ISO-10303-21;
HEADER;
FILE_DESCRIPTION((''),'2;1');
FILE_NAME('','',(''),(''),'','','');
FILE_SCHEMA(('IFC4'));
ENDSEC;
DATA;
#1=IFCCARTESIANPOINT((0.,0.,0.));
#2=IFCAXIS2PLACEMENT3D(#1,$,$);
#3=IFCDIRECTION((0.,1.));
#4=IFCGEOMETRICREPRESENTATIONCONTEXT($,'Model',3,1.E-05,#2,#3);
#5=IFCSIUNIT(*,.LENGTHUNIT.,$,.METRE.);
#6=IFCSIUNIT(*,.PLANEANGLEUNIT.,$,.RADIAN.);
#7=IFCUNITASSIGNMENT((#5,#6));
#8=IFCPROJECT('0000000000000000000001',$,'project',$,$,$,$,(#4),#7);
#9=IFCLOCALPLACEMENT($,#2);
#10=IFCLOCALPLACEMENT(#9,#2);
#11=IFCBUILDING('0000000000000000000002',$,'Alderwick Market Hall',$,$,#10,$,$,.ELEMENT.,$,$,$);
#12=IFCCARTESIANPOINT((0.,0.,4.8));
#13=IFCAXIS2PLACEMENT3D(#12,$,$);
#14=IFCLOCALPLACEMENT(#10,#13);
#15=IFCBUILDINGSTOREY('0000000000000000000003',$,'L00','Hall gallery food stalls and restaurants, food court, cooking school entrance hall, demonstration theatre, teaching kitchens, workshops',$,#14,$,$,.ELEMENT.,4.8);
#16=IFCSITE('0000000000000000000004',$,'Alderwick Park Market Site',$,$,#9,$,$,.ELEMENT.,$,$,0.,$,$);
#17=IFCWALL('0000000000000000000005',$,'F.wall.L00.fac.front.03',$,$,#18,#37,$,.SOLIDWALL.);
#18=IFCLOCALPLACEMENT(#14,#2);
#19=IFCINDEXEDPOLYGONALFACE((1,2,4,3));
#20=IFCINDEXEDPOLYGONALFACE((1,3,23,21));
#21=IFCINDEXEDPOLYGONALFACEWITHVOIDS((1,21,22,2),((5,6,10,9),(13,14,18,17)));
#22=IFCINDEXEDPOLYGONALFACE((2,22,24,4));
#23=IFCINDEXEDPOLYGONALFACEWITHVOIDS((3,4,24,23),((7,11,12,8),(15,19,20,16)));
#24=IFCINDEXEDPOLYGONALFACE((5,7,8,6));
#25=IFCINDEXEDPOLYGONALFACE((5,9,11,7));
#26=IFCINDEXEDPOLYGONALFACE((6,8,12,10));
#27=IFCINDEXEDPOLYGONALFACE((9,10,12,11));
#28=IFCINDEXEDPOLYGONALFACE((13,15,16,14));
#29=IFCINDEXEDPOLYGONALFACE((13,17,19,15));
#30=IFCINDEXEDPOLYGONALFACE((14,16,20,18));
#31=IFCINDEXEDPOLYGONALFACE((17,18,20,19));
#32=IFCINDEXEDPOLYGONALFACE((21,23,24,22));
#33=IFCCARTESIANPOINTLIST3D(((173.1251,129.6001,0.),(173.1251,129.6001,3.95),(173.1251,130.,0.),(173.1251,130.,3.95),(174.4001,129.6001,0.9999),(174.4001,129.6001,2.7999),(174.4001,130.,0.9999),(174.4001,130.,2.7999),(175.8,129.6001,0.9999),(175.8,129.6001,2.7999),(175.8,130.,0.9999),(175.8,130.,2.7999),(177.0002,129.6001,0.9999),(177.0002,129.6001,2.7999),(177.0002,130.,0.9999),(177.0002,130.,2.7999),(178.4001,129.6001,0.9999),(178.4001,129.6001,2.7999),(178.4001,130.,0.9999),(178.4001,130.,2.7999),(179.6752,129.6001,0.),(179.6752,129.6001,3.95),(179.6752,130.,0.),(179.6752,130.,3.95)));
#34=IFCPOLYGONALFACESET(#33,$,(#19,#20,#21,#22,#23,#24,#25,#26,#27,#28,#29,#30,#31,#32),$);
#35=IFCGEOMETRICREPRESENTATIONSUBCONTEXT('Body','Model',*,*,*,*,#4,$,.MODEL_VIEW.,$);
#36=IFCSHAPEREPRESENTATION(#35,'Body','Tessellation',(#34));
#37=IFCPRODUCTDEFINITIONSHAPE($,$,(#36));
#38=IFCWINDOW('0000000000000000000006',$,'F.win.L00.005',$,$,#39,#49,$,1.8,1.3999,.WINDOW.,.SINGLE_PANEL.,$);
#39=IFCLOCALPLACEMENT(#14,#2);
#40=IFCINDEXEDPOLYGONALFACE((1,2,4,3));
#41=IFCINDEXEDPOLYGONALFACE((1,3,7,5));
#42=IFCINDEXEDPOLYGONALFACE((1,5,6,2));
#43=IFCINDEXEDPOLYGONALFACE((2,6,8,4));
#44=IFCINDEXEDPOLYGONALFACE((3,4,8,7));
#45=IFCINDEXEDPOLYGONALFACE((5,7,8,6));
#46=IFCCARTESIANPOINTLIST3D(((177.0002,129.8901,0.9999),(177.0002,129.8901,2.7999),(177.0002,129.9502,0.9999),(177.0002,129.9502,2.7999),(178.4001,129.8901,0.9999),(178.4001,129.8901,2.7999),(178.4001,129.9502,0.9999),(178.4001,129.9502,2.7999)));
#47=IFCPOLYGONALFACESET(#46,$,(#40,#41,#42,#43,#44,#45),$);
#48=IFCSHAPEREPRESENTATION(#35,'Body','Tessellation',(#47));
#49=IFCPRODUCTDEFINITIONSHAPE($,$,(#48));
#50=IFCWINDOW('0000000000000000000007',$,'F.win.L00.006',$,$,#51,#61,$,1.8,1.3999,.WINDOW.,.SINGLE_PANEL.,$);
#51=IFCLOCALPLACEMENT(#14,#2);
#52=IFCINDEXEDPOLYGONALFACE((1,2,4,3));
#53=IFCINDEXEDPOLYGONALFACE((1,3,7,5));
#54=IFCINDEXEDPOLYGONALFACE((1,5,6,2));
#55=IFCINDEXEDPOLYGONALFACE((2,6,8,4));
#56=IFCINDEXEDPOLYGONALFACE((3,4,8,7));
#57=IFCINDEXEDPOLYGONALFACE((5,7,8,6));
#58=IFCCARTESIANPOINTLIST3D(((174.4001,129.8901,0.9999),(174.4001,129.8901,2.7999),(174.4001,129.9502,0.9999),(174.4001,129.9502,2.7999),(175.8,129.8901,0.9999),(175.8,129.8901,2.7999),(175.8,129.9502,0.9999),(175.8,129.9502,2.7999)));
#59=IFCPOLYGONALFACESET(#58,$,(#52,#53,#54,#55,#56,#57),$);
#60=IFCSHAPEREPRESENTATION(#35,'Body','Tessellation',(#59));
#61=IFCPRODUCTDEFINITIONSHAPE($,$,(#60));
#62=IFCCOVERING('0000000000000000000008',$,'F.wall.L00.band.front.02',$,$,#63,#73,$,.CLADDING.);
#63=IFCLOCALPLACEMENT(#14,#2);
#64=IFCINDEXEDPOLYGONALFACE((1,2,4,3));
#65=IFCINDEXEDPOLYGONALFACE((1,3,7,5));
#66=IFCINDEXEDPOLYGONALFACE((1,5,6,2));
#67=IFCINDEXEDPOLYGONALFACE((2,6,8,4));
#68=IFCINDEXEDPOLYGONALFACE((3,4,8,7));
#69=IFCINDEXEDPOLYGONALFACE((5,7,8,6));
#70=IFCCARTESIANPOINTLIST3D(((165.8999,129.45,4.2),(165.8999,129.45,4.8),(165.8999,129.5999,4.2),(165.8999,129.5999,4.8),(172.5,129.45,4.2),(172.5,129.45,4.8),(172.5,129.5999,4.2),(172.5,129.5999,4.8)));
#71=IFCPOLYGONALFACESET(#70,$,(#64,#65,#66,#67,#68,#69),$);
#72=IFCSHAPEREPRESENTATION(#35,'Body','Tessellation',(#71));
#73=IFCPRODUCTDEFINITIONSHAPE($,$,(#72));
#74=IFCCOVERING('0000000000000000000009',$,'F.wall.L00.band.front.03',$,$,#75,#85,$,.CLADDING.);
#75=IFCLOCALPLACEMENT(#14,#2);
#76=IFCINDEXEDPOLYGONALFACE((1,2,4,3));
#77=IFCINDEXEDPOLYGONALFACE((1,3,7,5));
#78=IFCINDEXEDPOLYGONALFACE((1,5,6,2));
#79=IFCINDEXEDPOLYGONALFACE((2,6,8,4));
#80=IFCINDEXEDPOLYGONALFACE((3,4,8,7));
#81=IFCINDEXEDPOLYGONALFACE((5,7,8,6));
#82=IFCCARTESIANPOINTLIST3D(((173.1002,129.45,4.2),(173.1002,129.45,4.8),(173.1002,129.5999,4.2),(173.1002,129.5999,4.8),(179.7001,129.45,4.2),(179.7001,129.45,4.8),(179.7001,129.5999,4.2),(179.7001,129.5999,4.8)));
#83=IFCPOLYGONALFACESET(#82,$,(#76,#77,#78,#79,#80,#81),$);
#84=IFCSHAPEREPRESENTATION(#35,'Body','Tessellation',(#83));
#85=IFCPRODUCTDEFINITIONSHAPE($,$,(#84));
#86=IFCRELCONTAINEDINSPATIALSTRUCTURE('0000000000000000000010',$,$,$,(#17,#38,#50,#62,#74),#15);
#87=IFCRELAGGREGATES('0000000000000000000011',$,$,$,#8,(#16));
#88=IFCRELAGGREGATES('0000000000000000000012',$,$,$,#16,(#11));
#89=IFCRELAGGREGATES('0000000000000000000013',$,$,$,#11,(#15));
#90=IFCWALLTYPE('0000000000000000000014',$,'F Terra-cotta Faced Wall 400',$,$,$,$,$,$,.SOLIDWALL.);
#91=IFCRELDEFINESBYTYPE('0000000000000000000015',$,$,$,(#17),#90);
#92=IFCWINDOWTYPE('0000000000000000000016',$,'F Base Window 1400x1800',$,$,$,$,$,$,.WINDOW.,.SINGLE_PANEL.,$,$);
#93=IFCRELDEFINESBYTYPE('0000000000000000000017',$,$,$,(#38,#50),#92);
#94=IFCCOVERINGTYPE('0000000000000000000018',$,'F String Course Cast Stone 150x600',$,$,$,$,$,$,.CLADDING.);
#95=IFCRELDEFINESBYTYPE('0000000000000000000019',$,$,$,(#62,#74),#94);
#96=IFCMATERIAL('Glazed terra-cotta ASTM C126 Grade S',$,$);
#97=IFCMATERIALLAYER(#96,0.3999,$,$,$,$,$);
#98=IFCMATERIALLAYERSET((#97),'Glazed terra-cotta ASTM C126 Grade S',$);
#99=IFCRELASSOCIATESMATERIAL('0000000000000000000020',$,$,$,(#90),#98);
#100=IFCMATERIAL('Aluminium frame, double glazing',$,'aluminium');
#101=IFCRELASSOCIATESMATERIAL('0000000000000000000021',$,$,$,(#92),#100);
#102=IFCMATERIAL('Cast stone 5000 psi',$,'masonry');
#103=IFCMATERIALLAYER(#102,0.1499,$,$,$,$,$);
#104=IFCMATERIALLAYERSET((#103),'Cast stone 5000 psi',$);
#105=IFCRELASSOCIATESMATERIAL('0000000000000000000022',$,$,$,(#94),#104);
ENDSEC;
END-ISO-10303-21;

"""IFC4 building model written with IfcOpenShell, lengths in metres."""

from ifc_helpers import new_model, si_unit, direction, frame, frame_2d, origin, place, context, subcontext, project, spatial, rectangle, extrude, material, layer, layer_set, type_object, element, fill, save


model = new_model("IFC4")

# Units and contexts
model_context = context("Model", 3, precision=1e-05, world=origin(), true_north=direction((0.0, 1.0)))
body_context = subcontext(model_context, "Body", "Model", "MODEL_VIEW")
ifc_project = project(units=[si_unit("LENGTHUNIT", "METRE"), si_unit("PLANEANGLEUNIT", "RADIAN")], contexts=[model_context])

# Site, building, storey
site_placement = place(None, origin())
site = spatial("IfcSite", under=ifc_project, at=site_placement, Name="Alderwick Park Market Site", CompositionType="ELEMENT", RefElevation=0.0)
building_placement = place(site_placement, origin())
building = spatial("IfcBuilding", under=site, at=building_placement, Name="Alderwick Market Hall", CompositionType="ELEMENT")
storey_placement = place(building_placement, frame((0.0, 0.0, 4.8)))
storey = spatial("IfcBuildingStorey", under=building, at=storey_placement, Name="L00", Description="Hall gallery food stalls and restaurants, food court, cooking school entrance hall, demonstration theatre, teaching kitchens, workshops", CompositionType="ELEMENT", Elevation=4.8)

# Shared definitions
ifc_material_1 = material(Name="Cast stone 5000 psi", Category="masonry")

# Wall, openings, windows
ifc_material_2 = material(Name="Glazed terra-cotta ASTM C126 Grade S")
ifc_layer_1 = layer(ifc_material_2, 0.3999)
ifc_layer_set_1 = layer_set([ifc_layer_1], Name="Glazed terra-cotta ASTM C126 Grade S")
wall_type_1 = type_object("IfcWallType", Name="F Terra-cotta Faced Wall 400", PredefinedType="SOLIDWALL", material=ifc_layer_set_1)
wall_1_placement = place(storey_placement, frame((179.675, 129.8, 0.0), z_axis=(0.0, 0.0, 1.0), x_axis=(-1.0, 0.0, 0.0)))
wall_1 = element("IfcWall", 1, at=wall_1_placement, inside=storey, type_object=wall_type_1, Name="F.wall.L00.fac.front.03", PredefinedType="SOLIDWALL", context=body_context, shape_type="SweptSolid", body=[
    extrude(rectangle(XDim=6.55, YDim=0.3999, at=frame_2d((3.2749, 0.0))), origin(), (0.0, 0.0, 1.0), 3.95),
])
opening_1_placement = place(wall_1_placement, frame((1.2749, 0.0, 1.0)))
opening_1 = element("IfcOpeningElement", 2, at=opening_1_placement, cuts=wall_1, PredefinedType="OPENING", context=body_context, shape_type="SweptSolid", body=[
    extrude(rectangle(XDim=1.3999, YDim=1.8, at=frame_2d((0.7, 0.8999))), frame((0.0, 0.21, 0.0), z_axis=(0.0, -1.0, 0.0), x_axis=(1.0, 0.0, 0.0)), (0.0, 0.0, 1.0), 0.4199),
])
opening_2_placement = place(wall_1_placement, frame((3.875, 0.0, 1.0)))
opening_2 = element("IfcOpeningElement", 3, at=opening_2_placement, cuts=wall_1, PredefinedType="OPENING", context=body_context, shape_type="SweptSolid", body=[
    extrude(rectangle(XDim=1.3999, YDim=1.8, at=frame_2d((0.7, 0.8999))), frame((0.0, 0.21, 0.0), z_axis=(0.0, -1.0, 0.0), x_axis=(1.0, 0.0, 0.0)), (0.0, 0.0, 1.0), 0.4199),
])
ifc_material_3 = material(Name="Aluminium frame, double glazing", Category="aluminium")
window_type = type_object("IfcWindowType", Name="F Base Window 1400x1800", PartitioningType="SINGLE_PANEL", PredefinedType="WINDOW", material=ifc_material_3)
window_1_placement = place(opening_1_placement, origin())
window_1 = element("IfcWindow", 4, at=window_1_placement, inside=storey, type_object=window_type, Name="F.win.L00.005", OverallHeight=1.8, OverallWidth=1.3999, PartitioningType="SINGLE_PANEL", PredefinedType="WINDOW", context=body_context, shape_type="SweptSolid", body=[
    extrude(rectangle(XDim=1.3999, YDim=1.8, at=frame_2d((0.7, 0.8999))), frame((0.0, -0.0901, 0.0), z_axis=(0.0, -1.0, 0.0), x_axis=(1.0, 0.0, 0.0)), (0.0, 0.0, 1.0), 0.0601),
])
fill(opening_1, window_1)
window_2_placement = place(opening_2_placement, origin())
window_2 = element("IfcWindow", 5, at=window_2_placement, inside=storey, type_object=window_type, Name="F.win.L00.006", OverallHeight=1.8, OverallWidth=1.3999, PartitioningType="SINGLE_PANEL", PredefinedType="WINDOW", context=body_context, shape_type="SweptSolid", body=[
    extrude(rectangle(XDim=1.3999, YDim=1.8, at=frame_2d((0.7, 0.8999))), frame((0.0, -0.0901, 0.0), z_axis=(0.0, -1.0, 0.0), x_axis=(1.0, 0.0, 0.0)), (0.0, 0.0, 1.0), 0.0601),
])
fill(opening_2, window_2)

# Coverings
ifc_layer_2 = layer(ifc_material_1, 0.1499)
ifc_layer_set_2 = layer_set([ifc_layer_2], Name="Cast stone 5000 psi")
covering_type = type_object("IfcCoveringType", Name="F String Course Cast Stone 150x600", PredefinedType="CLADDING", material=ifc_layer_set_2)
covering_1_placement = place(storey_placement, frame((172.5, 129.5249, 4.2), z_axis=(0.0, 0.0, 1.0), x_axis=(-1.0, 0.0, 0.0)))
element("IfcCovering", 6, at=covering_1_placement, inside=storey, type_object=covering_type, Name="F.wall.L00.band.front.02", PredefinedType="CLADDING", context=body_context, shape_type="SweptSolid", body=[
    extrude(rectangle(XDim=6.6001, YDim=0.1499, at=frame_2d((3.3, 0.0))), origin(), (0.0, 0.0, 1.0), 0.6001),
])
covering_2_placement = place(storey_placement, frame((179.7, 129.5249, 4.2), z_axis=(0.0, 0.0, 1.0), x_axis=(-1.0, 0.0, 0.0)))
element("IfcCovering", 7, at=covering_2_placement, inside=storey, type_object=covering_type, Name="F.wall.L00.band.front.03", PredefinedType="CLADDING", context=body_context, shape_type="SweptSolid", body=[
    extrude(rectangle(XDim=6.5999, YDim=0.1499, at=frame_2d((3.2998, 0.0))), origin(), (0.0, 0.0, 1.0), 0.6001),
])

save(model, "model.ifc")
